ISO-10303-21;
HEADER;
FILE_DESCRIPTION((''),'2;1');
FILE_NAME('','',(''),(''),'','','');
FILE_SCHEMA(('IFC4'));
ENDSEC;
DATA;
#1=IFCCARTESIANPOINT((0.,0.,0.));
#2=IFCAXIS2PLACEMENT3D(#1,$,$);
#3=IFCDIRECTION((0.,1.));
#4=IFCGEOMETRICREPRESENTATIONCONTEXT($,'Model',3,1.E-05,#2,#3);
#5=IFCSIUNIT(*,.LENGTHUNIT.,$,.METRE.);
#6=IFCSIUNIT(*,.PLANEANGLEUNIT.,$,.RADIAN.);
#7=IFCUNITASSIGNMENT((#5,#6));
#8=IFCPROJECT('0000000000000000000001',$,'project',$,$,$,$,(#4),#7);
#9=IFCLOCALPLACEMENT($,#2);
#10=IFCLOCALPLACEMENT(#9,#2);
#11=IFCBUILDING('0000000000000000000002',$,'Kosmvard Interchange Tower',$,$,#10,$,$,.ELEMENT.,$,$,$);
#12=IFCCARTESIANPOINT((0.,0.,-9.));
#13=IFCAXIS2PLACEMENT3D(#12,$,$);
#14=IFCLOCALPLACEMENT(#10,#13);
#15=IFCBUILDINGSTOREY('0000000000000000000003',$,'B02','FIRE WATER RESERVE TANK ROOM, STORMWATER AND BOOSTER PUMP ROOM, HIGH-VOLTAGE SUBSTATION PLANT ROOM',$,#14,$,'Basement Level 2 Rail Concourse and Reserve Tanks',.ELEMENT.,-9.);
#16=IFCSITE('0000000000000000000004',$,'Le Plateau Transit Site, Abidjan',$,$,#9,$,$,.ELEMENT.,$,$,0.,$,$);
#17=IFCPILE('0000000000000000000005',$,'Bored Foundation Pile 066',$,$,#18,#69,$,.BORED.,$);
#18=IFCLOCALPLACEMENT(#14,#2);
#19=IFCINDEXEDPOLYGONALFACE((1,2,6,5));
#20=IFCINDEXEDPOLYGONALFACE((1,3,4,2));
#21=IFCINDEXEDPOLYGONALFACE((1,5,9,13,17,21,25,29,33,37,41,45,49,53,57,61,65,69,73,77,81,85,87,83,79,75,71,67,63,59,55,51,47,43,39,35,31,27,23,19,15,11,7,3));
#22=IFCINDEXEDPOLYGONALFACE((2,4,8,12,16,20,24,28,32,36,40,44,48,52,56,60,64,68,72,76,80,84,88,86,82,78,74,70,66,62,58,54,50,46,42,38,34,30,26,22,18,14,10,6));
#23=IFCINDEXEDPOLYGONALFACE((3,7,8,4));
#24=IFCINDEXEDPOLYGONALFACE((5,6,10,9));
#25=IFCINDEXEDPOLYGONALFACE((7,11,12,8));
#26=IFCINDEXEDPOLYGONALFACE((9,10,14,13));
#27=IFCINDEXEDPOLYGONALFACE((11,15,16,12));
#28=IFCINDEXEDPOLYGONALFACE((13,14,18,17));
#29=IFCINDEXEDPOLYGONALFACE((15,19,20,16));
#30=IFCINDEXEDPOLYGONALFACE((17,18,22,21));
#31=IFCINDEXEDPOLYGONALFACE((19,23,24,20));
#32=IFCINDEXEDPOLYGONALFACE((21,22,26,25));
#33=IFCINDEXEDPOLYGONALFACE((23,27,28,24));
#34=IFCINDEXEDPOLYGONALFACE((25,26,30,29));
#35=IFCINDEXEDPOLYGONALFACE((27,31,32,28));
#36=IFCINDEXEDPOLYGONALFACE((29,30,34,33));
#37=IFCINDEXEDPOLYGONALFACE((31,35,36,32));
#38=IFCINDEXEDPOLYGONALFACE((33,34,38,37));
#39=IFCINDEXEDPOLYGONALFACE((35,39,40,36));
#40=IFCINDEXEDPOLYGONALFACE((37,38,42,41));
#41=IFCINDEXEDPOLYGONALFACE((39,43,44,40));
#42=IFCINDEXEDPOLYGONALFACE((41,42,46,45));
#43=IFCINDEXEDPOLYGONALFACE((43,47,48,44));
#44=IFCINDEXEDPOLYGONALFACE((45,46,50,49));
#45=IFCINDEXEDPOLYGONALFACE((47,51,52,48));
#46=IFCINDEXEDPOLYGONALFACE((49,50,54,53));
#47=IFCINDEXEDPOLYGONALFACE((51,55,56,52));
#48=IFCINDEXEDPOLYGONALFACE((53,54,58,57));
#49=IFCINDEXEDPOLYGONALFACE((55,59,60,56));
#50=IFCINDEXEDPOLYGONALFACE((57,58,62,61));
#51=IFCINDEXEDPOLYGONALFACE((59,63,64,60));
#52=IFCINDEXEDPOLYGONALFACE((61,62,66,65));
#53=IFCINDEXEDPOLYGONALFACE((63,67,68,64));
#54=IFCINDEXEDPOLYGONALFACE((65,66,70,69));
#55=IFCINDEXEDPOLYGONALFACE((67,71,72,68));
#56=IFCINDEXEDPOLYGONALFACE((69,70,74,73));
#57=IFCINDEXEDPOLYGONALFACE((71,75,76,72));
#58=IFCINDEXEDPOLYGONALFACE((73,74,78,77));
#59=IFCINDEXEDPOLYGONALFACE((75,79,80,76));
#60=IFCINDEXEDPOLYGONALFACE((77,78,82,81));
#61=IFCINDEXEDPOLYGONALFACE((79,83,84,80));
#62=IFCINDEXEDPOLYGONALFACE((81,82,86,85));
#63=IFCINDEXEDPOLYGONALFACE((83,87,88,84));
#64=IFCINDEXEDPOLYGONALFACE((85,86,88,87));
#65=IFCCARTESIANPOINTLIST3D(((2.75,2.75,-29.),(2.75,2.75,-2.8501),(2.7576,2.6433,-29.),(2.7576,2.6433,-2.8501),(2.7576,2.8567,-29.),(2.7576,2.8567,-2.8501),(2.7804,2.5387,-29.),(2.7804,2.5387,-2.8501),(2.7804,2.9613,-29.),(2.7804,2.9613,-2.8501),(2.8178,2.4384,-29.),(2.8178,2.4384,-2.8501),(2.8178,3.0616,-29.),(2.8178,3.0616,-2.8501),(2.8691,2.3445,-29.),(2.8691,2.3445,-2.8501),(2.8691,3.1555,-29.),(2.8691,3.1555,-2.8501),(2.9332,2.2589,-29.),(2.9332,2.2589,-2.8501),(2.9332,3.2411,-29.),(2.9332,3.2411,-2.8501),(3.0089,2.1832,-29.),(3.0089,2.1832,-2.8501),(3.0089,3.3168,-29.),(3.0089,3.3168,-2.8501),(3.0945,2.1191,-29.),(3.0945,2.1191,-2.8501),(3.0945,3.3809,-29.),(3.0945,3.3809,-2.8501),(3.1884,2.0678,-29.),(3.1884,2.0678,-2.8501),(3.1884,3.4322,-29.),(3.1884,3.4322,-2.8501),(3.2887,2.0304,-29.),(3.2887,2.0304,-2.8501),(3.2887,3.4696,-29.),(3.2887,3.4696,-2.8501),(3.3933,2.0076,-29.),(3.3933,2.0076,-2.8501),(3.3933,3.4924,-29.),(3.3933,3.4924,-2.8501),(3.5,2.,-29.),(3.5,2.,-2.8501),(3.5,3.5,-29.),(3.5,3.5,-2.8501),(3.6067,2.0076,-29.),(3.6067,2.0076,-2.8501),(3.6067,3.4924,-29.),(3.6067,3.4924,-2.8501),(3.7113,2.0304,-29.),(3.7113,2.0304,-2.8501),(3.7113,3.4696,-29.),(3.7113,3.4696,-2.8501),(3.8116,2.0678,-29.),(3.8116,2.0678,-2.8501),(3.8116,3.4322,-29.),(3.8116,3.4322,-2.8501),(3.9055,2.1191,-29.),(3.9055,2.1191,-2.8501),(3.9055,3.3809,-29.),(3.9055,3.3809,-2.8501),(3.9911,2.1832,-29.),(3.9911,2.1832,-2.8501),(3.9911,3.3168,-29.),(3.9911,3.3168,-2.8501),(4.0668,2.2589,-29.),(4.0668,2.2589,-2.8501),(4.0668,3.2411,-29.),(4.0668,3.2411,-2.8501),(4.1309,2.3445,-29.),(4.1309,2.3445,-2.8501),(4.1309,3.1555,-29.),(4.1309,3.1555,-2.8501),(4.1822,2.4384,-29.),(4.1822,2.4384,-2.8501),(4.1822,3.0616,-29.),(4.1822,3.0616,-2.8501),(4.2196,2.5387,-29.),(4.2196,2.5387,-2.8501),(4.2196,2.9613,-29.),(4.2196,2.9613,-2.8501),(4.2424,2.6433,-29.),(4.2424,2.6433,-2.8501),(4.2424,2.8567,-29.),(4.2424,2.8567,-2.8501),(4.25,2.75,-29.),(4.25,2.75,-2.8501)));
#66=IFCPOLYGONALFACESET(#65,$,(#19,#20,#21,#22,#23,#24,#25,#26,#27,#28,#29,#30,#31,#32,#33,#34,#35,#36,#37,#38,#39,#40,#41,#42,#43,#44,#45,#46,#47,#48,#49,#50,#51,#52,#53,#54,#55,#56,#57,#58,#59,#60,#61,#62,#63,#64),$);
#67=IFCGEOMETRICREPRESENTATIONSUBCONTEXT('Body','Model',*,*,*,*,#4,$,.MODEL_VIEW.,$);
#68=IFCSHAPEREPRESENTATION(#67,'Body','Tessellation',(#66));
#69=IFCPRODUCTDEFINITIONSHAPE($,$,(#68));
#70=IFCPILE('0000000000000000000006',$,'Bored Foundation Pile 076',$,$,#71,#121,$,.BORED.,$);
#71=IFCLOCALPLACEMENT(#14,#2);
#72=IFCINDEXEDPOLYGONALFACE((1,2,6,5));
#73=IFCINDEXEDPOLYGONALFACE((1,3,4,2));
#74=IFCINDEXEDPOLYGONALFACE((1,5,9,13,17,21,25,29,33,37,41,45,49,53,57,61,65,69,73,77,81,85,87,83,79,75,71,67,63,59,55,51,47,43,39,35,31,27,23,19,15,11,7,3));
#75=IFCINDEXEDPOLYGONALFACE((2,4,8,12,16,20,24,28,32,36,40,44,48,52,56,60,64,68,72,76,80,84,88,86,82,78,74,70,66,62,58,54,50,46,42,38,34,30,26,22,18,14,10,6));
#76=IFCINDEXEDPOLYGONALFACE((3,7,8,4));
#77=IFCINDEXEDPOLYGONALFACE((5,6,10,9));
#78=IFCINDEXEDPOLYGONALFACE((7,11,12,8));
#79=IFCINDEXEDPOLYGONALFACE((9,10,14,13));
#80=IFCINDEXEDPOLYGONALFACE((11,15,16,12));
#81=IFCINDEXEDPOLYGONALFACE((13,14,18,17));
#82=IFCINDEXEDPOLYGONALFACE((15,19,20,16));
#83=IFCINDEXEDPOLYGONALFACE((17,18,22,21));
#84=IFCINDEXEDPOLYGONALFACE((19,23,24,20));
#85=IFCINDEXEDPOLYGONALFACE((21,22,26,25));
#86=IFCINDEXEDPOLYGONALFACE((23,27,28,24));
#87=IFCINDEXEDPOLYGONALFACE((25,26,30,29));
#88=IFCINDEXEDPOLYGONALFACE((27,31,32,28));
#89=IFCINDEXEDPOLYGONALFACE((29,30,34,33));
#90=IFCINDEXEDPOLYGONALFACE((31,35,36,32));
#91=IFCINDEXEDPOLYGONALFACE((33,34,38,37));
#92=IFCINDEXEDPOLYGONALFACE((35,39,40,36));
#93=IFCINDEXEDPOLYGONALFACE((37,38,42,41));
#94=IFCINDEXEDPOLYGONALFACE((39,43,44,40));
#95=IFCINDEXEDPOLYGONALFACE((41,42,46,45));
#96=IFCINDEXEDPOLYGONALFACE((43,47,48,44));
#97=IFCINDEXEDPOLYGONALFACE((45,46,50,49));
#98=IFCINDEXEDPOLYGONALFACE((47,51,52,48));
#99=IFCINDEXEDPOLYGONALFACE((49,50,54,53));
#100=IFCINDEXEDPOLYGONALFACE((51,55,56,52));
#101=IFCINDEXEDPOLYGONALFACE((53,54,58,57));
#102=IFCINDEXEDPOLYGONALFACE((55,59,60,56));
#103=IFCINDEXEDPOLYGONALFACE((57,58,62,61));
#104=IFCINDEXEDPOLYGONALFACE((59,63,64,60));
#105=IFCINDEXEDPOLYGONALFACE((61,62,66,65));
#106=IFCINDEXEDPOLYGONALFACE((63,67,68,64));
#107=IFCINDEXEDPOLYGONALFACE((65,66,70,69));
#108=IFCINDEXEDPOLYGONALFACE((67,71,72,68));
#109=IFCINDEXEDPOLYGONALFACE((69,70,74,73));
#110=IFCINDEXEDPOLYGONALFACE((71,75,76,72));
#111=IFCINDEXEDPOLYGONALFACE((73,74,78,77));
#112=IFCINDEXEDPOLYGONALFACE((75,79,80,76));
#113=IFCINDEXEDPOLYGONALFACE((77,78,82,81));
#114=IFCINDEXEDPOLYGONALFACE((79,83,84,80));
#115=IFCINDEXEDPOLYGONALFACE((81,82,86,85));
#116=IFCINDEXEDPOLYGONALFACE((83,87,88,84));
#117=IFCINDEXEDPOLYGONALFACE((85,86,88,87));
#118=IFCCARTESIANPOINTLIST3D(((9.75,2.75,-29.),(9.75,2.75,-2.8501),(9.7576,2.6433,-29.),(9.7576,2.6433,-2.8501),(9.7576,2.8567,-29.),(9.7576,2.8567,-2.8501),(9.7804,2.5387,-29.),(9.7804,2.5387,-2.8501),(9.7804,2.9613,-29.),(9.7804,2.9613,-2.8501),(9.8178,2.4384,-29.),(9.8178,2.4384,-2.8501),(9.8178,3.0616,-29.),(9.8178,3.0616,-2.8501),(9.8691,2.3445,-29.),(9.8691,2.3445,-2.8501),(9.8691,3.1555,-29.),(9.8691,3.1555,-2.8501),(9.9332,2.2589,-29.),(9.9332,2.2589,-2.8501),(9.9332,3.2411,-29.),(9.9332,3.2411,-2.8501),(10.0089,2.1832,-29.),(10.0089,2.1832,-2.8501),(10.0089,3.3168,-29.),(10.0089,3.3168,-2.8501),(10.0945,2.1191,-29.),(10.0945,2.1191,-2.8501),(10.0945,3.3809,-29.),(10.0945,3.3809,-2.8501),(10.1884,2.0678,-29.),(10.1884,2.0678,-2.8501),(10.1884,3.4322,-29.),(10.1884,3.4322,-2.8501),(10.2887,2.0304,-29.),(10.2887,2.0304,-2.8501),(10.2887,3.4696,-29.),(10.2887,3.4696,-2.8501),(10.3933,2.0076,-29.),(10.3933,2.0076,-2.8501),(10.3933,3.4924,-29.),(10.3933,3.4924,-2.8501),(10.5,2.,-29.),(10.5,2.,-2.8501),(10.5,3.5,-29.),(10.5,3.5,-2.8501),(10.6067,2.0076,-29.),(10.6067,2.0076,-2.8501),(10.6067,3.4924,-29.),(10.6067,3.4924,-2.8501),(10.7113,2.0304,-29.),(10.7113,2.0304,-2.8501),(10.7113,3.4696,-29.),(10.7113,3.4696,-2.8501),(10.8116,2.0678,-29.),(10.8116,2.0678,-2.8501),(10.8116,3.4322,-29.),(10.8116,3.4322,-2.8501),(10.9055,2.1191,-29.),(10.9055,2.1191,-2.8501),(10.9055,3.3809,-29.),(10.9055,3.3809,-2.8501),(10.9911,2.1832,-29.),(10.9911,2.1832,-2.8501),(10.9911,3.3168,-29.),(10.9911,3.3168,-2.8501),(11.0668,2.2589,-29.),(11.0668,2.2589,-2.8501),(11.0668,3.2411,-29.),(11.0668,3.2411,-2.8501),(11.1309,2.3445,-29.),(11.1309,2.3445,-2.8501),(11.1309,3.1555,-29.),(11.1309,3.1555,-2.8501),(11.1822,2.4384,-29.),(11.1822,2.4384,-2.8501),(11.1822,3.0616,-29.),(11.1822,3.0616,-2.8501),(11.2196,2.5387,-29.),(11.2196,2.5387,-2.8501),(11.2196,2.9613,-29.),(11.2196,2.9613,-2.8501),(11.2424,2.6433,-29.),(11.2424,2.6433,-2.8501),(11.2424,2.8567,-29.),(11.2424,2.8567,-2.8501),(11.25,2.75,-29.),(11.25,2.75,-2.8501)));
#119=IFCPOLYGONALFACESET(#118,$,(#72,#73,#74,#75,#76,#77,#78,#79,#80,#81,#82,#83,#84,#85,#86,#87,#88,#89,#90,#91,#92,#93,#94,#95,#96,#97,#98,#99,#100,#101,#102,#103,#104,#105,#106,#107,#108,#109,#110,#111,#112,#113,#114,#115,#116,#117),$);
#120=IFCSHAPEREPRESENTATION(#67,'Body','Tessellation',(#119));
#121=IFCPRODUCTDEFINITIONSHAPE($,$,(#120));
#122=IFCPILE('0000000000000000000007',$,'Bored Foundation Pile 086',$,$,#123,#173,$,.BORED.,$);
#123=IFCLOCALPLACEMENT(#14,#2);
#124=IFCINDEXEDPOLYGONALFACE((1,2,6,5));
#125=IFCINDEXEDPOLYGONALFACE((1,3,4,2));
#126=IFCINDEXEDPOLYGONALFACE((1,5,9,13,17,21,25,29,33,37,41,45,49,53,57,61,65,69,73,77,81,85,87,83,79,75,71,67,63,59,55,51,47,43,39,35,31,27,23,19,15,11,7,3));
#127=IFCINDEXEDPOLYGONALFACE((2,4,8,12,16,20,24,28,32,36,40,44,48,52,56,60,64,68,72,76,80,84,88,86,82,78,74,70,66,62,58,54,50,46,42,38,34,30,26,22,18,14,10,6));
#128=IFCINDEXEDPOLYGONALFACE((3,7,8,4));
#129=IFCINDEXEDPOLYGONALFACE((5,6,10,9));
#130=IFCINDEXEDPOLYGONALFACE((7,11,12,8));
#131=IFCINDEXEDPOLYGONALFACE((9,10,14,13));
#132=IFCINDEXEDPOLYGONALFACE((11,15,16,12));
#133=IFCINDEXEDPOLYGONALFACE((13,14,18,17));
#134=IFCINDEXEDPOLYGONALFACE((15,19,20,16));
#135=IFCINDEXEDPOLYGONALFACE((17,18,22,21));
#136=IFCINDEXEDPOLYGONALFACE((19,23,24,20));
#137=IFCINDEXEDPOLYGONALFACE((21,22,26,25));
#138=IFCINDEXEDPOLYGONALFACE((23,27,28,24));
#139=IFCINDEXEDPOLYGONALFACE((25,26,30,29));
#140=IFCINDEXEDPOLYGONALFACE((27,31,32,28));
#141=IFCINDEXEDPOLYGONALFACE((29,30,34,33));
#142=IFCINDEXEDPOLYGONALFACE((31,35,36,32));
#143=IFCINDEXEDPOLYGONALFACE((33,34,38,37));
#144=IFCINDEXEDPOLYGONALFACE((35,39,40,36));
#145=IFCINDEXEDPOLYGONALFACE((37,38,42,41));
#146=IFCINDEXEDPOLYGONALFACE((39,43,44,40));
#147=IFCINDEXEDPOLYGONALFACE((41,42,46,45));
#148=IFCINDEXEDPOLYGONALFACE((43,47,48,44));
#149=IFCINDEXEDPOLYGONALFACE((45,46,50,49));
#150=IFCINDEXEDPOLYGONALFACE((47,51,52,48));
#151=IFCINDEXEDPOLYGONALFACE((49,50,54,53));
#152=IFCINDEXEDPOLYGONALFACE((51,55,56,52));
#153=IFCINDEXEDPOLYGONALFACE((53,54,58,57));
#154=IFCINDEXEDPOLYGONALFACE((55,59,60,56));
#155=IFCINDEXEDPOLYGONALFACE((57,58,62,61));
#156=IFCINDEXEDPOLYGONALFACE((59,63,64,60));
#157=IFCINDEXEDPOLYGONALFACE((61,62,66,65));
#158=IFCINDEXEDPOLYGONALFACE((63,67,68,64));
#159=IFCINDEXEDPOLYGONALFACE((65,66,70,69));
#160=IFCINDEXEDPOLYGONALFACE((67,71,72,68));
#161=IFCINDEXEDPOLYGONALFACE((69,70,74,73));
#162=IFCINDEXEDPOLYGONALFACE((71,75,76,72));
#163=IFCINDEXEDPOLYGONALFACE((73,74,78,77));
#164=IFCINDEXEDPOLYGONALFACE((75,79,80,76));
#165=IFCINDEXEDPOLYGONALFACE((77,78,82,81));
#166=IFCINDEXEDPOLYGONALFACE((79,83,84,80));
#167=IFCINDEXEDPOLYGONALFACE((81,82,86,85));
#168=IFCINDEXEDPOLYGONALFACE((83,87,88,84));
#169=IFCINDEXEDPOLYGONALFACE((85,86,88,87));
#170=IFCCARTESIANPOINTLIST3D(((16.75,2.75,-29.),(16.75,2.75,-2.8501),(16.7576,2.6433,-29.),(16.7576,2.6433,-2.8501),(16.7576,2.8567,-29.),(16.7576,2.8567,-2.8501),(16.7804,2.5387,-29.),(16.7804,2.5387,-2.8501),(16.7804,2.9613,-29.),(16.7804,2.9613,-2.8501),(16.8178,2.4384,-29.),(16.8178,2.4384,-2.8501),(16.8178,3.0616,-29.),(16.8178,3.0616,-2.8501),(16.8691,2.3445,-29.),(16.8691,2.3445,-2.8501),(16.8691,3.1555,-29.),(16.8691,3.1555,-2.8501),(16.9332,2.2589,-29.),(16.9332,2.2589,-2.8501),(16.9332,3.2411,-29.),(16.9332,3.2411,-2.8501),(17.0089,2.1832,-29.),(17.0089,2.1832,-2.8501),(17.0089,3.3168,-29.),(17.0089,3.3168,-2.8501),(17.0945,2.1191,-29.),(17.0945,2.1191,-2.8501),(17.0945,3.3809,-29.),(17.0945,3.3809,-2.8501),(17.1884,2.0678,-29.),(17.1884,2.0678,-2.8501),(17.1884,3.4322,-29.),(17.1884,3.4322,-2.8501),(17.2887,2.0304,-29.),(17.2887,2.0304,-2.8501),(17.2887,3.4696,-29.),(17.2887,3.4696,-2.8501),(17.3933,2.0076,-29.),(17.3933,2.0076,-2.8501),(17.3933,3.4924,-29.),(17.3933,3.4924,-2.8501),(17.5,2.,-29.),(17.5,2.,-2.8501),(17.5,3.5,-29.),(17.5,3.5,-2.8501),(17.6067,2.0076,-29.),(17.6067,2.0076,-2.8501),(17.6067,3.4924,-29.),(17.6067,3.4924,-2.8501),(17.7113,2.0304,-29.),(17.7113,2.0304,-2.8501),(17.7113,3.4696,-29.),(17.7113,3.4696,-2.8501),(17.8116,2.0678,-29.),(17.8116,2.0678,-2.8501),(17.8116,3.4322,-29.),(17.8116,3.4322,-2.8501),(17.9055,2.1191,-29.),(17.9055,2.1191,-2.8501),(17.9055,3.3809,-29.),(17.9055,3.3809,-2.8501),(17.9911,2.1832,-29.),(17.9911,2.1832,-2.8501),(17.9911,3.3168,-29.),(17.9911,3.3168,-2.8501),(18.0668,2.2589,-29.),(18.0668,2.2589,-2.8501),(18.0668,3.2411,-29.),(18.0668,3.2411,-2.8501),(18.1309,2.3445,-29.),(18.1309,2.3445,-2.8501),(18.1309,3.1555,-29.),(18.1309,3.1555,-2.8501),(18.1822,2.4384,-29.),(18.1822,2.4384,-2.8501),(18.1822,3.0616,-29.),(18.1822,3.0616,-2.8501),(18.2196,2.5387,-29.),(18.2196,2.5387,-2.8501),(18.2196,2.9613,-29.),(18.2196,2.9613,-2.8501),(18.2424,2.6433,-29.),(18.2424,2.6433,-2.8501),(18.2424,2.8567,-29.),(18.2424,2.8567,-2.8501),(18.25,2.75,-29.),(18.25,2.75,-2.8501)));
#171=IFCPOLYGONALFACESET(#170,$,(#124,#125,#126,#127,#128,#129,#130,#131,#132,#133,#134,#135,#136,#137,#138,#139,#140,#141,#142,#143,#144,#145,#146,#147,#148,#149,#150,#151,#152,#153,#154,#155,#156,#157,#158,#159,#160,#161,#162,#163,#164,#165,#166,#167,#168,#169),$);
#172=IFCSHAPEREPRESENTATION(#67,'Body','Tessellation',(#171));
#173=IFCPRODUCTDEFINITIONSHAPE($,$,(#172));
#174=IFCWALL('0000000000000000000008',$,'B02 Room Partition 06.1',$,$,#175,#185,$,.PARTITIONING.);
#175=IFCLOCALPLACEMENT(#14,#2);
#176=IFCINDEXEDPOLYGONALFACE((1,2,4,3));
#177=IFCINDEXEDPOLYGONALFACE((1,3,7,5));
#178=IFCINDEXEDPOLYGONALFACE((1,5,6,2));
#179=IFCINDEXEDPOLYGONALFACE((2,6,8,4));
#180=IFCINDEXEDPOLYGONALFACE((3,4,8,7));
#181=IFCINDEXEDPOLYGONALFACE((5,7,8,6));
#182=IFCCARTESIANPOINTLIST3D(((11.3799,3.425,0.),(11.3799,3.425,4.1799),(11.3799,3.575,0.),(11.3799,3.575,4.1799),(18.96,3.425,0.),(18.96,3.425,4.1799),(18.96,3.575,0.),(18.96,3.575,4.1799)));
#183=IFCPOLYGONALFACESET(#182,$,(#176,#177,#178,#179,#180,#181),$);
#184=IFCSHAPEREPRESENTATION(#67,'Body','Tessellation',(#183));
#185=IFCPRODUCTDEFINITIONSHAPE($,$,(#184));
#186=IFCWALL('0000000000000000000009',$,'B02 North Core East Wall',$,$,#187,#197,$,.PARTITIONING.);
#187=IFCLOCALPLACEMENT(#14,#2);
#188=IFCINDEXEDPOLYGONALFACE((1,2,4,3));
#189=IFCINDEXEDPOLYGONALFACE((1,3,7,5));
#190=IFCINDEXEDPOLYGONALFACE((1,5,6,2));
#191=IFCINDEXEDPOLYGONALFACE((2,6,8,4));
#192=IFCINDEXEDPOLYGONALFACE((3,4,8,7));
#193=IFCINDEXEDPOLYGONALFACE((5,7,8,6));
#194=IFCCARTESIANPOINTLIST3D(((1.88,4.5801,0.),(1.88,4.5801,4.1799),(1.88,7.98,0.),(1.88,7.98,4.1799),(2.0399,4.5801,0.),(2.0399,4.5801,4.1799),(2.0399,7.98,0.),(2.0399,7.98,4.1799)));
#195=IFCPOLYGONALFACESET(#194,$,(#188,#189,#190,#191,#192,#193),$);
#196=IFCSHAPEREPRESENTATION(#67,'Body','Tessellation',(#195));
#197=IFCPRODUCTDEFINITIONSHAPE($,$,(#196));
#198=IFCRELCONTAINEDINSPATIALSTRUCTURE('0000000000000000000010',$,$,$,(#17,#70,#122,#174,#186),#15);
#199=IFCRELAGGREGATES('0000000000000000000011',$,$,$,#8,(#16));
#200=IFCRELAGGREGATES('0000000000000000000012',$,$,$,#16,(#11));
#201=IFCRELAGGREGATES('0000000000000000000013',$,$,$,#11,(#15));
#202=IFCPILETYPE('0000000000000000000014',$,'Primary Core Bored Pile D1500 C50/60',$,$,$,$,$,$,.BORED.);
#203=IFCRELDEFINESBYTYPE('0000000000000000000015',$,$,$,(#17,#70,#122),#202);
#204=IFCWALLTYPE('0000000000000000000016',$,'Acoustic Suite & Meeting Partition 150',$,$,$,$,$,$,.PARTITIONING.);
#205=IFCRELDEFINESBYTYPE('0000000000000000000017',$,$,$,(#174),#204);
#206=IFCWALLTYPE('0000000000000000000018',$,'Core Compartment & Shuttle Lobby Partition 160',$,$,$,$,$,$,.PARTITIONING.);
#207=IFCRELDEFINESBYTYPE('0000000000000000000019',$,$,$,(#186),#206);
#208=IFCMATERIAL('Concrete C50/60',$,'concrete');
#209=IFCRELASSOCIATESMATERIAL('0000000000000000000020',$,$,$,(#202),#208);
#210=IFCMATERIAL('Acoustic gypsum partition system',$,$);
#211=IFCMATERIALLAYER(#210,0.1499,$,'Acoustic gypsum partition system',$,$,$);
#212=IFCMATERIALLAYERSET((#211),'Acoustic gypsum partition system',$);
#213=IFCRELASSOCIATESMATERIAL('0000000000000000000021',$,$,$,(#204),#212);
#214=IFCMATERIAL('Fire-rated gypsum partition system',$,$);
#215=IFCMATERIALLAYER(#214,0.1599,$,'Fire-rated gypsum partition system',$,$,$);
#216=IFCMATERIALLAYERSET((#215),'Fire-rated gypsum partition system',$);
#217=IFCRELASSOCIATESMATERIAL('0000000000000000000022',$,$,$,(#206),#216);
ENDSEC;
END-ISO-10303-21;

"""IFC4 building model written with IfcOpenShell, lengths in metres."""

from ifc_helpers import new_model, si_unit, direction, frame, frame_2d, origin, origin_2d, place, context, subcontext, project, spatial, rectangle, circle, extrude, source, transform, mapped, material, layer, layer_set, material_profile, profile_set, type_object, element, save


model = new_model("IFC4")

# Units and contexts
model_context = context("Model", 3, precision=1e-05, world=origin(), true_north=direction((0.0, 1.0)))
body_context = subcontext(model_context, "Body", "Model", "MODEL_VIEW")
ifc_project = project(units=[si_unit("LENGTHUNIT", "METRE"), si_unit("PLANEANGLEUNIT", "RADIAN")], contexts=[model_context])

# Site, building, storey
site_placement = place(None, origin())
site = spatial("IfcSite", under=ifc_project, at=site_placement, Name="Le Plateau Transit Site, Abidjan", CompositionType="ELEMENT", RefElevation=0.0)
building_placement = place(site_placement, origin())
building = spatial("IfcBuilding", under=site, at=building_placement, Name="Kosmvard Interchange Tower", CompositionType="ELEMENT")
storey_placement = place(building_placement, frame((0.0, 0.0, -9.0)))
storey = spatial("IfcBuildingStorey", under=building, at=storey_placement, Name="B02", Description="FIRE WATER RESERVE TANK ROOM, STORMWATER AND BOOSTER PUMP ROOM, HIGH-VOLTAGE SUBSTATION PLANT ROOM", LongName="Basement Level 2 Rail Concourse and Reserve Tanks", CompositionType="ELEMENT", Elevation=-9.0)

# Piles
ifc_material_1 = material(Name="Concrete C50/60", Category="concrete")
ifc_material_profile = material_profile(ifc_material_1, circle(Radius=0.75, at=origin_2d()), Name="PILE D1500")
ifc_profile_set = profile_set([ifc_material_profile], Name="Concrete C50/60")
pile_type = type_object("IfcPileType", Name="Primary Core Bored Pile D1500 C50/60", PredefinedType="BORED", material=ifc_profile_set)
shared_shape_1 = source(origin(), body_context, "Body", "SweptSolid", [
    extrude(circle(Radius=0.75, at=origin_2d()), origin(), (0.0, 0.0, 1.0), 26.1499),
])
for number, where, z_axis, x_axis, name in (
    (1, (3.5, 2.75, -2.8501), (0.0, 0.0, -1.0), (1.0, 0.0, 0.0), "Bored Foundation Pile 066"),
    (2, (10.5, 2.75, -2.8501), (0.0, 0.0, -1.0), (1.0, 0.0, 0.0), "Bored Foundation Pile 076"),
    (3, (17.5, 2.75, -2.8501), (0.0, 0.0, -1.0), (1.0, 0.0, 0.0), "Bored Foundation Pile 086"),
):
    element("IfcPile", number, at=place(storey_placement, frame(where, z_axis=z_axis, x_axis=x_axis)), inside=storey, type_object=pile_type, Name=name, PredefinedType="BORED", context=body_context, shape_type="MappedRepresentation", body=[
        mapped(shared_shape_1, transform((0.0, 0.0, 0.0), scale=1.0)),
    ])

# Walls
ifc_material_2 = material(Name="Acoustic gypsum partition system")
ifc_layer_1 = layer(ifc_material_2, 0.1499, Name="Acoustic gypsum partition system")
ifc_layer_set_1 = layer_set([ifc_layer_1], Name="Acoustic gypsum partition system")
wall_type_1 = type_object("IfcWallType", Name="Acoustic Suite & Meeting Partition 150", PredefinedType="PARTITIONING", material=ifc_layer_set_1)
wall_1_placement = place(storey_placement, frame((11.3799, 3.5, 0.0), z_axis=(0.0, 0.0, 1.0), x_axis=(1.0, 0.0, 0.0)))
element("IfcWall", 4, at=wall_1_placement, inside=storey, type_object=wall_type_1, Name="B02 Room Partition 06.1", PredefinedType="PARTITIONING", context=body_context, shape_type="SweptSolid", body=[
    extrude(rectangle(XDim=7.5801, YDim=0.1499, at=frame_2d((3.79, 0.0))), origin(), (0.0, 0.0, 1.0), 4.1799),
])
ifc_material_3 = material(Name="Fire-rated gypsum partition system")
ifc_layer_2 = layer(ifc_material_3, 0.1599, Name="Fire-rated gypsum partition system")
ifc_layer_set_2 = layer_set([ifc_layer_2], Name="Fire-rated gypsum partition system")
wall_type_2 = type_object("IfcWallType", Name="Core Compartment & Shuttle Lobby Partition 160", PredefinedType="PARTITIONING", material=ifc_layer_set_2)
wall_2_placement = place(storey_placement, frame((1.96, 4.5801, 0.0), z_axis=(0.0, 0.0, 1.0), x_axis=(0.0, 1.0, 0.0)))
element("IfcWall", 5, at=wall_2_placement, inside=storey, type_object=wall_type_2, Name="B02 North Core East Wall", PredefinedType="PARTITIONING", context=body_context, shape_type="SweptSolid", body=[
    extrude(rectangle(XDim=3.3999, YDim=0.1599, at=frame_2d((1.7, 0.0))), origin(), (0.0, 0.0, 1.0), 4.1799),
])

save(model, "model.ifc")
